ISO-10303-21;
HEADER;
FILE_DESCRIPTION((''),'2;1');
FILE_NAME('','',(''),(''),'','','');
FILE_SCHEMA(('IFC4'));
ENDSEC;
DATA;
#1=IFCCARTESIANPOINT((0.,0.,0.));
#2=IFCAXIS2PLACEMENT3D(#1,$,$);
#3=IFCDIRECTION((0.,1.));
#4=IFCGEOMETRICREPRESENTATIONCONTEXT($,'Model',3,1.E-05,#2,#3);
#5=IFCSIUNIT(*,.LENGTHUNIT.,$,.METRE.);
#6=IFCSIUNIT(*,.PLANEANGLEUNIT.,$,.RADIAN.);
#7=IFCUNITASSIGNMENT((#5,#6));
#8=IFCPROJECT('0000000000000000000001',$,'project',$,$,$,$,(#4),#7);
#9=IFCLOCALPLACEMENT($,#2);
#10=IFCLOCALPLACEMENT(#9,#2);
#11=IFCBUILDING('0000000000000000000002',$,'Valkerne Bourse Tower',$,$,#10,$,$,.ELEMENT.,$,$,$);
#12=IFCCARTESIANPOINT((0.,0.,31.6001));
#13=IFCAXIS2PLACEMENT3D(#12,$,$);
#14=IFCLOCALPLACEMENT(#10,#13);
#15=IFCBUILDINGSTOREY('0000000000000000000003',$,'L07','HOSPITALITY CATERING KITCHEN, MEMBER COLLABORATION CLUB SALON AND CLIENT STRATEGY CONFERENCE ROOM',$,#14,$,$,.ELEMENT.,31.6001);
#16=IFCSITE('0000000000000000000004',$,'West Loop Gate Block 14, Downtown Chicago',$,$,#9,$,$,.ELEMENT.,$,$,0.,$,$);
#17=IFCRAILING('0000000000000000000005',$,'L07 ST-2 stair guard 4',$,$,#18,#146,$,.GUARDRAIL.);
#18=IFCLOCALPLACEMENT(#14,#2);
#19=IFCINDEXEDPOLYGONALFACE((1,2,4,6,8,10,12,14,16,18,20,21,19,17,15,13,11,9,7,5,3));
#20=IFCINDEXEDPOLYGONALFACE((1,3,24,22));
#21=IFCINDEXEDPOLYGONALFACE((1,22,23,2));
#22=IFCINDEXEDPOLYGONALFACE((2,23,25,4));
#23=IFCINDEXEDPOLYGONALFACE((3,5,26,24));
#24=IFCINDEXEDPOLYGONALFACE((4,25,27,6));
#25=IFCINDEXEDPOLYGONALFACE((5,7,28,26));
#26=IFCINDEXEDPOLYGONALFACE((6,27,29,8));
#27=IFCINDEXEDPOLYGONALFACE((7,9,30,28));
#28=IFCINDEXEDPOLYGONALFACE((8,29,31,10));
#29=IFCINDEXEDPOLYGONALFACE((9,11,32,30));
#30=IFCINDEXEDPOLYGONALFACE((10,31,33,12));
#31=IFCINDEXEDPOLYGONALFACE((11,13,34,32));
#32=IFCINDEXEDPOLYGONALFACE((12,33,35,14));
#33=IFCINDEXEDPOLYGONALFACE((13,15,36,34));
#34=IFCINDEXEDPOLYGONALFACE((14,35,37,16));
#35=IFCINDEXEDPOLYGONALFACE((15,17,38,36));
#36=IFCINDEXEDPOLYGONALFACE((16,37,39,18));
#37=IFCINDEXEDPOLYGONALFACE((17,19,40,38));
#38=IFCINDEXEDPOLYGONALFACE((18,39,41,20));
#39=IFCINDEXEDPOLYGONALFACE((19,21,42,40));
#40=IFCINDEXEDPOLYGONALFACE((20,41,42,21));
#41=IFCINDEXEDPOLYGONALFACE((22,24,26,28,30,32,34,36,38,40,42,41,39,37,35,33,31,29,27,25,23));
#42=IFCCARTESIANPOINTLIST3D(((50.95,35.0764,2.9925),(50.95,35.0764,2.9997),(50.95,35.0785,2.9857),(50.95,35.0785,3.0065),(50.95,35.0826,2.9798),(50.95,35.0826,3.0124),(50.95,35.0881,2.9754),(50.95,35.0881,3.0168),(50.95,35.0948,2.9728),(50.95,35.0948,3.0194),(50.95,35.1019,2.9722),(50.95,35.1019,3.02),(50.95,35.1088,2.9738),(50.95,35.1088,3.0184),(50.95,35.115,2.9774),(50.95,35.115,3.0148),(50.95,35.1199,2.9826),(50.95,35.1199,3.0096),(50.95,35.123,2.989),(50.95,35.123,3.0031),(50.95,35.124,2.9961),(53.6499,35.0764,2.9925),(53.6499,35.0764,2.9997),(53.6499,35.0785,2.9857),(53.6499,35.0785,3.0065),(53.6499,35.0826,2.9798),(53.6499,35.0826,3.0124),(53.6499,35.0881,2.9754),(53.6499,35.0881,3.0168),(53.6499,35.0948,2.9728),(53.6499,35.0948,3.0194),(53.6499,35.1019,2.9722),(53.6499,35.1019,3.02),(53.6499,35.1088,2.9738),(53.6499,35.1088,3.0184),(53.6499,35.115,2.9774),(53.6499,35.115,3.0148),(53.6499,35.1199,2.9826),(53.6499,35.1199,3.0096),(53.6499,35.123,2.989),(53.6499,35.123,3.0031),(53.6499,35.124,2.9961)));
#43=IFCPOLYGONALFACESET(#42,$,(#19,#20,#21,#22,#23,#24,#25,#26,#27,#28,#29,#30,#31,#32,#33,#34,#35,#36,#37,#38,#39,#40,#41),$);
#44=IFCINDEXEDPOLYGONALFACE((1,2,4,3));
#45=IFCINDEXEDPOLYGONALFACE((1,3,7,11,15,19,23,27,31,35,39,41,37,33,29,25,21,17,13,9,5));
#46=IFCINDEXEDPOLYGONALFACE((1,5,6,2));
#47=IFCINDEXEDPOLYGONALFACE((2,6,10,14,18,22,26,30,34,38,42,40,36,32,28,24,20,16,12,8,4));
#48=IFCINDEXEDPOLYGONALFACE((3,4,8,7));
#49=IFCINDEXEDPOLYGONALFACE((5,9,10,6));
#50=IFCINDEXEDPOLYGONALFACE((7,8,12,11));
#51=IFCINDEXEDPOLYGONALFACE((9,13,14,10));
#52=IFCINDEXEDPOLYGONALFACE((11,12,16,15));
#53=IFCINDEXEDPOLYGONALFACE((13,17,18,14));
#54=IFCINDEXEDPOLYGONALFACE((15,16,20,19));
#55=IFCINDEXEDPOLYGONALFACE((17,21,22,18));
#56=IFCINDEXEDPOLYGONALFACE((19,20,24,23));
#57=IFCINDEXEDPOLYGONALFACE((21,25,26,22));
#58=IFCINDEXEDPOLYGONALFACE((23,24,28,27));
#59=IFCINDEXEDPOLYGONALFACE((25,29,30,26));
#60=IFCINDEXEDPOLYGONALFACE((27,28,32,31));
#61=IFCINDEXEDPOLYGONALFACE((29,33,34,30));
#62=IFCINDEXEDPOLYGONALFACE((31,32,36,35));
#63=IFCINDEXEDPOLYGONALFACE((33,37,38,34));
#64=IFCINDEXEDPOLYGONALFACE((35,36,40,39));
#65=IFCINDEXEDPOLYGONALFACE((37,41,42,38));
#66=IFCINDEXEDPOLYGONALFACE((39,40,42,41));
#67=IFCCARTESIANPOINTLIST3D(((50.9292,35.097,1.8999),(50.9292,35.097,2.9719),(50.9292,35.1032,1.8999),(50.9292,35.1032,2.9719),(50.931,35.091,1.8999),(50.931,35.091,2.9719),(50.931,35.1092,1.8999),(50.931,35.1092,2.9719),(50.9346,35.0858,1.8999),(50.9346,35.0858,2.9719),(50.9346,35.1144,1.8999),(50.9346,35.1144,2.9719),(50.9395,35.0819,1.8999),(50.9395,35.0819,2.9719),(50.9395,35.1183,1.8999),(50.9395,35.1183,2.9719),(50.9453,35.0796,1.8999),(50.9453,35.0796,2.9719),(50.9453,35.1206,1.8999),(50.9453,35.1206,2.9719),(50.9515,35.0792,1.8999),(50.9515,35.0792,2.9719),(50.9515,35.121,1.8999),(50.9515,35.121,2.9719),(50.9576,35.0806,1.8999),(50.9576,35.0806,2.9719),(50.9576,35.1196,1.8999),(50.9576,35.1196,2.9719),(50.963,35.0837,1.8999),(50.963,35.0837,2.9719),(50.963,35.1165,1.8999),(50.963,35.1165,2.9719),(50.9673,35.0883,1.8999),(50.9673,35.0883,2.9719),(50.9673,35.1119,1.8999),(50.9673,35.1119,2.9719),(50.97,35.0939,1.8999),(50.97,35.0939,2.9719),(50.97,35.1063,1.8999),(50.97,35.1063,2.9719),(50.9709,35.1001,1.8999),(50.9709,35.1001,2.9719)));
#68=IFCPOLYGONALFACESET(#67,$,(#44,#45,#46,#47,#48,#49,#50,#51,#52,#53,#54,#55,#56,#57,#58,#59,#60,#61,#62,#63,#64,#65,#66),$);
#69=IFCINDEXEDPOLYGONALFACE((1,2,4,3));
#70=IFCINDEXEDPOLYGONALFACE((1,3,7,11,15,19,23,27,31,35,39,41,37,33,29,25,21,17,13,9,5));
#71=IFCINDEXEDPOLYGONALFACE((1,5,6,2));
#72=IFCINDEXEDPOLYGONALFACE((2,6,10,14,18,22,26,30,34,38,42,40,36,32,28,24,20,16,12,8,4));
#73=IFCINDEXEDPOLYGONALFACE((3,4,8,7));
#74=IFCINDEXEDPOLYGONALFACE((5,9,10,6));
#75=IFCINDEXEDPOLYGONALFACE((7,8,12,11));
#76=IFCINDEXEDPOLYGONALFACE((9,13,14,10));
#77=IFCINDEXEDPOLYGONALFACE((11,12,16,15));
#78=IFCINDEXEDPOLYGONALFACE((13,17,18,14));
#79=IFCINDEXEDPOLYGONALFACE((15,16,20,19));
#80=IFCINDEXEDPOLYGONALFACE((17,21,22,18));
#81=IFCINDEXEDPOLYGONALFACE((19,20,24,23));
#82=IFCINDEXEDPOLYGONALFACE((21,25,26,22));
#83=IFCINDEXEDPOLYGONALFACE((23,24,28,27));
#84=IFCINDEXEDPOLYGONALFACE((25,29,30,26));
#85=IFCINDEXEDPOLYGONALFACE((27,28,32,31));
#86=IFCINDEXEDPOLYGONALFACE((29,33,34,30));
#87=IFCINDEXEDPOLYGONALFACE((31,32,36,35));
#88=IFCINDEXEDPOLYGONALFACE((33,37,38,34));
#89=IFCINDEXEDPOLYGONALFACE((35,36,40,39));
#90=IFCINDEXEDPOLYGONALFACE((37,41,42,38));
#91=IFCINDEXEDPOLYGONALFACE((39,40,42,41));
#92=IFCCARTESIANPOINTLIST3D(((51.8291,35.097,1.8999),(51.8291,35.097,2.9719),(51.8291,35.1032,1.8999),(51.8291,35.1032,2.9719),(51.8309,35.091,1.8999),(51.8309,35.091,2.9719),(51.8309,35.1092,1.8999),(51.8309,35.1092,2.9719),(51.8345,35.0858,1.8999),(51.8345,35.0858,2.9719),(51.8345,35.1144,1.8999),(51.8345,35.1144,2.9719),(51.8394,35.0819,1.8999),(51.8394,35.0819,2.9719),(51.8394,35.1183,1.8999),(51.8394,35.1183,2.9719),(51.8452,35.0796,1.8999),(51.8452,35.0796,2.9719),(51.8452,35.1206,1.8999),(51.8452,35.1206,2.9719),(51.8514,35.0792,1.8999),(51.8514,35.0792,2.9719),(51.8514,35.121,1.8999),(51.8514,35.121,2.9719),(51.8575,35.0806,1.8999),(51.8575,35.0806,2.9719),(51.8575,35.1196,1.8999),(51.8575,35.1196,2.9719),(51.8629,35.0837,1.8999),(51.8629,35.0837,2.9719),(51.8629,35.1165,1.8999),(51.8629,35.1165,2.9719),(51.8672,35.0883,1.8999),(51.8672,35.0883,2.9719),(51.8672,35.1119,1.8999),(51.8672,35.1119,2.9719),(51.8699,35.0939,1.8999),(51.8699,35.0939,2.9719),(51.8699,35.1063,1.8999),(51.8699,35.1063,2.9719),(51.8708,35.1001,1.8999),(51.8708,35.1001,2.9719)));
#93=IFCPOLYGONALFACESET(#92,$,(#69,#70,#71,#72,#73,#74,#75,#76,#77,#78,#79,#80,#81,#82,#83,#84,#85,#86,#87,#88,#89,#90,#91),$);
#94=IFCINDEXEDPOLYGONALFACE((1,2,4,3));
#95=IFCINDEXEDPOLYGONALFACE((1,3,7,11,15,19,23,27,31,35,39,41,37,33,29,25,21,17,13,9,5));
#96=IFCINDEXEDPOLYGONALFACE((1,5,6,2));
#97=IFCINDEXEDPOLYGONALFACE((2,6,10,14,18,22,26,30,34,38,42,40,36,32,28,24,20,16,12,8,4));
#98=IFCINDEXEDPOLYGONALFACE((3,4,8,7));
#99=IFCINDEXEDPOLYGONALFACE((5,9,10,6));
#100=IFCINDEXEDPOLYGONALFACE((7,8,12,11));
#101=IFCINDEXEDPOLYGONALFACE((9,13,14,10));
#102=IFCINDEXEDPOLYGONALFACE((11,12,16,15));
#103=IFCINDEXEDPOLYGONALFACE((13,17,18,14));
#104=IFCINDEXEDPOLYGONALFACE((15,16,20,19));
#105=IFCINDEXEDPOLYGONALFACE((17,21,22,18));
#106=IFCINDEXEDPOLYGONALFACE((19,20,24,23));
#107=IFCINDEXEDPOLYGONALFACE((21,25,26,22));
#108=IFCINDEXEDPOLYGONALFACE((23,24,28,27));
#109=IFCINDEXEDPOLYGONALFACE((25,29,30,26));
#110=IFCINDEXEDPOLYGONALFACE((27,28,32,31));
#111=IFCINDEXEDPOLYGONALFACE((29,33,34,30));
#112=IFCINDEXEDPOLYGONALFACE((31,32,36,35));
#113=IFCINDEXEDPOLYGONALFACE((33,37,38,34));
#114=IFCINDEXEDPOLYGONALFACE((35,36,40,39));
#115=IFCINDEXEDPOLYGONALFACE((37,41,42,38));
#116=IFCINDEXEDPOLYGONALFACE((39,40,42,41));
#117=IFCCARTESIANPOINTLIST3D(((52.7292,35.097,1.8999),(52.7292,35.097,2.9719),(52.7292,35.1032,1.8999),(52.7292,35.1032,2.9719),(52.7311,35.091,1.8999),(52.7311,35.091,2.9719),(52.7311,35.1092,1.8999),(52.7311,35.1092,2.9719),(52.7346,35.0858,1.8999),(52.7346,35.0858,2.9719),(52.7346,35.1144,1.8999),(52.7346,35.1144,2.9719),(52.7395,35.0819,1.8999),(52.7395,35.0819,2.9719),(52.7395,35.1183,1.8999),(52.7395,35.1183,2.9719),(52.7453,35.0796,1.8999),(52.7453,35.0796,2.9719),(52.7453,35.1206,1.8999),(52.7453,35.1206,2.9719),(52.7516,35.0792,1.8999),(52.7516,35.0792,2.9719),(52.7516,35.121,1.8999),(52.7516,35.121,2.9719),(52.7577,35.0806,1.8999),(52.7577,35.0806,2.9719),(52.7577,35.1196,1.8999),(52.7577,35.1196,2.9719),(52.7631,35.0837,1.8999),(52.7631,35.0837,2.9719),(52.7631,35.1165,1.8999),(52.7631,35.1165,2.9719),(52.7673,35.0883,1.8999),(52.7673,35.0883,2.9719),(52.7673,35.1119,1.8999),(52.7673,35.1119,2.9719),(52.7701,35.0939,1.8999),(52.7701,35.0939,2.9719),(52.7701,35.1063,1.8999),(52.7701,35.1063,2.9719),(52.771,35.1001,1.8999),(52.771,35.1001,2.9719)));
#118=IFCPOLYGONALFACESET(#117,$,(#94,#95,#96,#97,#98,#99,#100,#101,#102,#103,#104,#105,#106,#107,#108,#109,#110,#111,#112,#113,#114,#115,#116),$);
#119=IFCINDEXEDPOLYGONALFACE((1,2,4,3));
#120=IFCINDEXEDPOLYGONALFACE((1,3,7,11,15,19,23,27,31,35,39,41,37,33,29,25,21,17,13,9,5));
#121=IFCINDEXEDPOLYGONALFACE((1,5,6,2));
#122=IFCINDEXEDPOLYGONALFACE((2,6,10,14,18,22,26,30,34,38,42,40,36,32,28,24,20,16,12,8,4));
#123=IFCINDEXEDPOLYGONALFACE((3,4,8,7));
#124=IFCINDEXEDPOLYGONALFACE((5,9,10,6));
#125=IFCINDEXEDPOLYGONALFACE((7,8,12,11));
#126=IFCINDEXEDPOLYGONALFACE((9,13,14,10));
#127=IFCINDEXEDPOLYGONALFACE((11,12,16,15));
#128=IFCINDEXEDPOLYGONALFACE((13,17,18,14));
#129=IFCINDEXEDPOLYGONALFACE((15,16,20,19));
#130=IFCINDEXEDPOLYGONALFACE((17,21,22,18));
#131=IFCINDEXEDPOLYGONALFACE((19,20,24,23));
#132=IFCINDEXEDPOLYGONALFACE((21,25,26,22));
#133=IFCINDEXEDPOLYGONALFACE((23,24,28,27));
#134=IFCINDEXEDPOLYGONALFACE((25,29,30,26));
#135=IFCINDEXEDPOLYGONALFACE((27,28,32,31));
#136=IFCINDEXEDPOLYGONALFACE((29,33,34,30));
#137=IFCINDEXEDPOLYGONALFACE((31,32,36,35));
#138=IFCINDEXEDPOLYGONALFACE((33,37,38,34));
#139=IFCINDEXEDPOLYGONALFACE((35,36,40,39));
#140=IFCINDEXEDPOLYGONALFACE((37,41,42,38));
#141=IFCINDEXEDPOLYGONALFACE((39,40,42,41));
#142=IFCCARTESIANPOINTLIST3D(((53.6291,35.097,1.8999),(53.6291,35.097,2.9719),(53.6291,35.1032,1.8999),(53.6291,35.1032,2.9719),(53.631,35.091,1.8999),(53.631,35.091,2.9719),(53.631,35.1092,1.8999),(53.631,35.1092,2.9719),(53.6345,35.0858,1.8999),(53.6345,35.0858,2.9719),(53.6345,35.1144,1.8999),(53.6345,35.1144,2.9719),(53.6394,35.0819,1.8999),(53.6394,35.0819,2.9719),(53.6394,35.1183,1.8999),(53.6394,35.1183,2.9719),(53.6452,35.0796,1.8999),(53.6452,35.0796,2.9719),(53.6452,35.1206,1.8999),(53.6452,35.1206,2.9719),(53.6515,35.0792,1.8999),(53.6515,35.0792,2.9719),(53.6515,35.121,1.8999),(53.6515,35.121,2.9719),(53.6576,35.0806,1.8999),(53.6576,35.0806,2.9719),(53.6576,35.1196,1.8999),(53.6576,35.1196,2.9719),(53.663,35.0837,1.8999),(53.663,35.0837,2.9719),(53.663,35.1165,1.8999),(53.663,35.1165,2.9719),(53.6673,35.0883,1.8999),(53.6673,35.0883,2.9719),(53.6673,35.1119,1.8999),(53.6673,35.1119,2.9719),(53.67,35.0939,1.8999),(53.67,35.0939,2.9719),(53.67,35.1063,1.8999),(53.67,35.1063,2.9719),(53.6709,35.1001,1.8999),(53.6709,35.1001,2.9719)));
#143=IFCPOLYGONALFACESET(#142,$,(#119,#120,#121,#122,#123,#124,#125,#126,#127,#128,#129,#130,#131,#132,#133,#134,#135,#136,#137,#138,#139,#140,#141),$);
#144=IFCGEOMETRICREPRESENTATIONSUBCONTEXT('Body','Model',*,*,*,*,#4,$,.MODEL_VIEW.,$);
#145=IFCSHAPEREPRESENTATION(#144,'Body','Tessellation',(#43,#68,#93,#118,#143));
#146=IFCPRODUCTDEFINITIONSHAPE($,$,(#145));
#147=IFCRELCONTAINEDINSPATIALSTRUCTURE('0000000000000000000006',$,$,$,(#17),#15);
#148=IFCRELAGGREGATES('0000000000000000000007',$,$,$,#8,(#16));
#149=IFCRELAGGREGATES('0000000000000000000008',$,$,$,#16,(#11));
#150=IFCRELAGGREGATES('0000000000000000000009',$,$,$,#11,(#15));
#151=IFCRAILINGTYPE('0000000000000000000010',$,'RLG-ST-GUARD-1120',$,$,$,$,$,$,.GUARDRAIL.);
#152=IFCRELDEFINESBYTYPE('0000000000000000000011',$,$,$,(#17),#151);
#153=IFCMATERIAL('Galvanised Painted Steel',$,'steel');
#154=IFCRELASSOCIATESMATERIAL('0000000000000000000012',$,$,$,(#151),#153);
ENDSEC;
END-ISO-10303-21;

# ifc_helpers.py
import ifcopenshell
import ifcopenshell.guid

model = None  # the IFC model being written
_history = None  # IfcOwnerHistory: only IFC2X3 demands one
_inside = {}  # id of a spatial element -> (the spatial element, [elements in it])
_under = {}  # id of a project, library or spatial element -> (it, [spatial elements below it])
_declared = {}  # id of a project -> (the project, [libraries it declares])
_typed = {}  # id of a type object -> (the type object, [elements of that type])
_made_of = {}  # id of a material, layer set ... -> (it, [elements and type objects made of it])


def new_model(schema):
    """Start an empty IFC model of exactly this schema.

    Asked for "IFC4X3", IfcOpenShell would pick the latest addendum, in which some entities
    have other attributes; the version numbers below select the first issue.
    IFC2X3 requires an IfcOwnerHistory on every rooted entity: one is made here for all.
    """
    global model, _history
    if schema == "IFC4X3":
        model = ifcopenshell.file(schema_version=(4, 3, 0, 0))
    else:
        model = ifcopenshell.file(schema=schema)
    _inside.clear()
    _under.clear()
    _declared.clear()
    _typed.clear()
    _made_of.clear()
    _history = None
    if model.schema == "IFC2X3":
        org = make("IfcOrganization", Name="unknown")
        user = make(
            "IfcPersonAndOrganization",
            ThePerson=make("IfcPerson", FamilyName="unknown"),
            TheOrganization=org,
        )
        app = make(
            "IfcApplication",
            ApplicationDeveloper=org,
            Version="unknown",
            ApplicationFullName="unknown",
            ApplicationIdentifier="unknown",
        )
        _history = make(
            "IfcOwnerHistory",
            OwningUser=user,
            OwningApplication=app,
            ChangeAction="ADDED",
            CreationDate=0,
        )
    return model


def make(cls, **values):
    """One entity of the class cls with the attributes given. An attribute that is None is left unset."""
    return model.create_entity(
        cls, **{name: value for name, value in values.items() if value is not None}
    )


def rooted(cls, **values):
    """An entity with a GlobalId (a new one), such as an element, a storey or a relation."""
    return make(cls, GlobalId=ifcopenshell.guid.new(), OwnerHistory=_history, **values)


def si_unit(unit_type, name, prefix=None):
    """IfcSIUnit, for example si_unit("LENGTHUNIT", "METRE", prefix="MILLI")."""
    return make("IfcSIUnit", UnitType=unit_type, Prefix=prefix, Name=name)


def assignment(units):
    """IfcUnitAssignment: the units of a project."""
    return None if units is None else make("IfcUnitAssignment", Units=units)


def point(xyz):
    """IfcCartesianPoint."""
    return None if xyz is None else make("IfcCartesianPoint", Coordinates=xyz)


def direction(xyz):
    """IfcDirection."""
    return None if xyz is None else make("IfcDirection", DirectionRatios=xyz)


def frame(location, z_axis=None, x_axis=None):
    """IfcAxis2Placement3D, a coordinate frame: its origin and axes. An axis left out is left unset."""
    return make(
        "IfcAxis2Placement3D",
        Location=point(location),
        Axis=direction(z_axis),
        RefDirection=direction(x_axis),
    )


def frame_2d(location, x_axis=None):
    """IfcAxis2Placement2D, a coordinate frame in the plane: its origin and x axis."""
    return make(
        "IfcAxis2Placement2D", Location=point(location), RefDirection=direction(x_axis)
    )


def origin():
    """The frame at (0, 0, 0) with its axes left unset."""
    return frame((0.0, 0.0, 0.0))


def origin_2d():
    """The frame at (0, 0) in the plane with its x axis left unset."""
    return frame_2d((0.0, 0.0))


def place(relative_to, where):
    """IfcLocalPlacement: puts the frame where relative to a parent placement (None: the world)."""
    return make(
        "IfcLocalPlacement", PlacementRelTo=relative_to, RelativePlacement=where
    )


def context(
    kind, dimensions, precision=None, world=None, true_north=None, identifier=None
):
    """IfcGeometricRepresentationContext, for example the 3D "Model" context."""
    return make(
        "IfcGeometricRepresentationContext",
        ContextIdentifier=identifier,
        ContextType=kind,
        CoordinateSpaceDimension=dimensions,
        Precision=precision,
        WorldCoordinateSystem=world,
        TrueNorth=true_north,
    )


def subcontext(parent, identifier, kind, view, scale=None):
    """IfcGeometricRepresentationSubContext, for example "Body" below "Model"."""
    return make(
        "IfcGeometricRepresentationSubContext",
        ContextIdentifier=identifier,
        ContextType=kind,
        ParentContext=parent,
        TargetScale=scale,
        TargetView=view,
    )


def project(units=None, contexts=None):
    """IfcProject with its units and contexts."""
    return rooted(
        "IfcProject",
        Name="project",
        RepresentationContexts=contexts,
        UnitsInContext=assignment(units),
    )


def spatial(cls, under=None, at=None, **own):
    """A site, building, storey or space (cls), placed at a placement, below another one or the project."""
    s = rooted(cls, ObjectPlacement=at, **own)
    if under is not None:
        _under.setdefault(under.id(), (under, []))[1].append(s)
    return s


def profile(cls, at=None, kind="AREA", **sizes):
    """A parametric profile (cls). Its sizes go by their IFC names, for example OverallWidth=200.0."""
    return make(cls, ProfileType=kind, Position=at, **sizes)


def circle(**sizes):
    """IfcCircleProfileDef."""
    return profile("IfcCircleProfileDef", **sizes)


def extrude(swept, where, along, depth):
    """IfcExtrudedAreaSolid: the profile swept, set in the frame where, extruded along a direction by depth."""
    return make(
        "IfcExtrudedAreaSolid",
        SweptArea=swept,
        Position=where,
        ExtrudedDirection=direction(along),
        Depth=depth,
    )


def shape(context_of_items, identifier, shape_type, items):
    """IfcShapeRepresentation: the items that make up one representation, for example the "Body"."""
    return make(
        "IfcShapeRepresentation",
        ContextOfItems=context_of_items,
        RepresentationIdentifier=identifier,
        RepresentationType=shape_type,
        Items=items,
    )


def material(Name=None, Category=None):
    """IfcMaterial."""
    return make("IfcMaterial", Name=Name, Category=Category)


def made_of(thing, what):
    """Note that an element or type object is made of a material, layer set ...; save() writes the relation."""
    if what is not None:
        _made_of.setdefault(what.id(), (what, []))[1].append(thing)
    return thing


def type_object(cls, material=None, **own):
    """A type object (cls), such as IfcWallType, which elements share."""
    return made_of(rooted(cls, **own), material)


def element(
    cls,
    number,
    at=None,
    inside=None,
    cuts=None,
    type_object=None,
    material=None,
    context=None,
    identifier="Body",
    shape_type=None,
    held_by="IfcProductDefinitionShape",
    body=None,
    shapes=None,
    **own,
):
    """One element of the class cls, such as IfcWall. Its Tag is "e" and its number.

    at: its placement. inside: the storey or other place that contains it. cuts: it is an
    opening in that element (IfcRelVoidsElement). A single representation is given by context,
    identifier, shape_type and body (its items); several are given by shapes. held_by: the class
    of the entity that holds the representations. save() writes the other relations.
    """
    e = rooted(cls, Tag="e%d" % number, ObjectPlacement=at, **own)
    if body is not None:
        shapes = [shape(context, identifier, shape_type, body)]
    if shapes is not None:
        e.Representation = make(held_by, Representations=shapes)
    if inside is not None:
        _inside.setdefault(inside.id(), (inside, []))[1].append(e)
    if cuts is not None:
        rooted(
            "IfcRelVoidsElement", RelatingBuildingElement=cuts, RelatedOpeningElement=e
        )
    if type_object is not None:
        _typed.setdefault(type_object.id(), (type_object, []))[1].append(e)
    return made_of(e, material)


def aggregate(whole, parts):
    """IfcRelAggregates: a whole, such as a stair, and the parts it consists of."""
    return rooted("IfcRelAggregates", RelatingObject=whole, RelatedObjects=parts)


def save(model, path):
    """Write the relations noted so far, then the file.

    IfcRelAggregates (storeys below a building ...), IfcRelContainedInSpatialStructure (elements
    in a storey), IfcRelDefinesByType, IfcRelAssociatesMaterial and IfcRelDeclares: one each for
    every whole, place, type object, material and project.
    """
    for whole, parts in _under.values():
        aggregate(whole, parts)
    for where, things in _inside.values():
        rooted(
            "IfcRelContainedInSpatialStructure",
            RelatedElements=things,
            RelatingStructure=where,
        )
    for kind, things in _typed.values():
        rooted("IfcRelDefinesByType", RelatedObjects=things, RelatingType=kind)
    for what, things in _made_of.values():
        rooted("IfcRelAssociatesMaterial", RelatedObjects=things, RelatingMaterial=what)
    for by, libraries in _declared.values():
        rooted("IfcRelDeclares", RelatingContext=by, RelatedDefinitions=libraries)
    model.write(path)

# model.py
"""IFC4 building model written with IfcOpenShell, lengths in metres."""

from ifc_helpers import new_model, si_unit, direction, frame, origin, origin_2d, place, context, subcontext, project, spatial, circle, extrude, material, type_object, element, save


model = new_model("IFC4")

# Units and contexts
model_context = context("Model", 3, precision=1e-05, world=origin(), true_north=direction((0.0, 1.0)))
body_context = subcontext(model_context, "Body", "Model", "MODEL_VIEW")
ifc_project = project(units=[si_unit("LENGTHUNIT", "METRE"), si_unit("PLANEANGLEUNIT", "RADIAN")], contexts=[model_context])

# Site, building, storey
site_placement = place(None, origin())
site = spatial("IfcSite", under=ifc_project, at=site_placement, Name="West Loop Gate Block 14, Downtown Chicago", CompositionType="ELEMENT", RefElevation=0.0)
building_placement = place(site_placement, origin())
building = spatial("IfcBuilding", under=site, at=building_placement, Name="Valkerne Bourse Tower", CompositionType="ELEMENT")
storey_placement = place(building_placement, frame((0.0, 0.0, 31.6001)))
storey = spatial("IfcBuildingStorey", under=building, at=storey_placement, Name="L07", Description="HOSPITALITY CATERING KITCHEN, MEMBER COLLABORATION CLUB SALON AND CLIENT STRATEGY CONFERENCE ROOM", CompositionType="ELEMENT", Elevation=31.6001)

# Shared definitions
ifc_material_1 = material(Name="Galvanised Painted Steel", Category="steel")

# Railing
railing_type_1 = type_object("IfcRailingType", Name="RLG-ST-GUARD-1120", PredefinedType="GUARDRAIL", material=ifc_material_1)
for number, where, name in (
    (1, (50.95, 35.1001, 1.8999), "L07 ST-2 stair guard 4"),
):
    element("IfcRailing", number, at=place(storey_placement, frame(where)), inside=storey, type_object=railing_type_1, Name=name, PredefinedType="GUARDRAIL", context=body_context, shape_type="SweptSolid", body=[
        extrude(circle(Radius=0.0239, at=origin_2d()), frame((0.0, 0.0, 1.0962), z_axis=(1.0, 0.0, 0.0), x_axis=(0.0, 1.0, 0.0)), (0.0, 0.0, 1.0), 2.7),
        extrude(circle(Radius=0.021, at=origin_2d()), origin(), (0.0, 0.0, 1.0), 1.072),
        extrude(circle(Radius=0.021, at=origin_2d()), frame((0.8999, 0.0, 0.0)), (0.0, 0.0, 1.0), 1.072),
        extrude(circle(Radius=0.021, at=origin_2d()), frame((1.8, 0.0, 0.0)), (0.0, 0.0, 1.0), 1.072),
        extrude(circle(Radius=0.021, at=origin_2d()), frame((2.7, 0.0, 0.0)), (0.0, 0.0, 1.0), 1.072),
    ])

save(model, "model.ifc")
